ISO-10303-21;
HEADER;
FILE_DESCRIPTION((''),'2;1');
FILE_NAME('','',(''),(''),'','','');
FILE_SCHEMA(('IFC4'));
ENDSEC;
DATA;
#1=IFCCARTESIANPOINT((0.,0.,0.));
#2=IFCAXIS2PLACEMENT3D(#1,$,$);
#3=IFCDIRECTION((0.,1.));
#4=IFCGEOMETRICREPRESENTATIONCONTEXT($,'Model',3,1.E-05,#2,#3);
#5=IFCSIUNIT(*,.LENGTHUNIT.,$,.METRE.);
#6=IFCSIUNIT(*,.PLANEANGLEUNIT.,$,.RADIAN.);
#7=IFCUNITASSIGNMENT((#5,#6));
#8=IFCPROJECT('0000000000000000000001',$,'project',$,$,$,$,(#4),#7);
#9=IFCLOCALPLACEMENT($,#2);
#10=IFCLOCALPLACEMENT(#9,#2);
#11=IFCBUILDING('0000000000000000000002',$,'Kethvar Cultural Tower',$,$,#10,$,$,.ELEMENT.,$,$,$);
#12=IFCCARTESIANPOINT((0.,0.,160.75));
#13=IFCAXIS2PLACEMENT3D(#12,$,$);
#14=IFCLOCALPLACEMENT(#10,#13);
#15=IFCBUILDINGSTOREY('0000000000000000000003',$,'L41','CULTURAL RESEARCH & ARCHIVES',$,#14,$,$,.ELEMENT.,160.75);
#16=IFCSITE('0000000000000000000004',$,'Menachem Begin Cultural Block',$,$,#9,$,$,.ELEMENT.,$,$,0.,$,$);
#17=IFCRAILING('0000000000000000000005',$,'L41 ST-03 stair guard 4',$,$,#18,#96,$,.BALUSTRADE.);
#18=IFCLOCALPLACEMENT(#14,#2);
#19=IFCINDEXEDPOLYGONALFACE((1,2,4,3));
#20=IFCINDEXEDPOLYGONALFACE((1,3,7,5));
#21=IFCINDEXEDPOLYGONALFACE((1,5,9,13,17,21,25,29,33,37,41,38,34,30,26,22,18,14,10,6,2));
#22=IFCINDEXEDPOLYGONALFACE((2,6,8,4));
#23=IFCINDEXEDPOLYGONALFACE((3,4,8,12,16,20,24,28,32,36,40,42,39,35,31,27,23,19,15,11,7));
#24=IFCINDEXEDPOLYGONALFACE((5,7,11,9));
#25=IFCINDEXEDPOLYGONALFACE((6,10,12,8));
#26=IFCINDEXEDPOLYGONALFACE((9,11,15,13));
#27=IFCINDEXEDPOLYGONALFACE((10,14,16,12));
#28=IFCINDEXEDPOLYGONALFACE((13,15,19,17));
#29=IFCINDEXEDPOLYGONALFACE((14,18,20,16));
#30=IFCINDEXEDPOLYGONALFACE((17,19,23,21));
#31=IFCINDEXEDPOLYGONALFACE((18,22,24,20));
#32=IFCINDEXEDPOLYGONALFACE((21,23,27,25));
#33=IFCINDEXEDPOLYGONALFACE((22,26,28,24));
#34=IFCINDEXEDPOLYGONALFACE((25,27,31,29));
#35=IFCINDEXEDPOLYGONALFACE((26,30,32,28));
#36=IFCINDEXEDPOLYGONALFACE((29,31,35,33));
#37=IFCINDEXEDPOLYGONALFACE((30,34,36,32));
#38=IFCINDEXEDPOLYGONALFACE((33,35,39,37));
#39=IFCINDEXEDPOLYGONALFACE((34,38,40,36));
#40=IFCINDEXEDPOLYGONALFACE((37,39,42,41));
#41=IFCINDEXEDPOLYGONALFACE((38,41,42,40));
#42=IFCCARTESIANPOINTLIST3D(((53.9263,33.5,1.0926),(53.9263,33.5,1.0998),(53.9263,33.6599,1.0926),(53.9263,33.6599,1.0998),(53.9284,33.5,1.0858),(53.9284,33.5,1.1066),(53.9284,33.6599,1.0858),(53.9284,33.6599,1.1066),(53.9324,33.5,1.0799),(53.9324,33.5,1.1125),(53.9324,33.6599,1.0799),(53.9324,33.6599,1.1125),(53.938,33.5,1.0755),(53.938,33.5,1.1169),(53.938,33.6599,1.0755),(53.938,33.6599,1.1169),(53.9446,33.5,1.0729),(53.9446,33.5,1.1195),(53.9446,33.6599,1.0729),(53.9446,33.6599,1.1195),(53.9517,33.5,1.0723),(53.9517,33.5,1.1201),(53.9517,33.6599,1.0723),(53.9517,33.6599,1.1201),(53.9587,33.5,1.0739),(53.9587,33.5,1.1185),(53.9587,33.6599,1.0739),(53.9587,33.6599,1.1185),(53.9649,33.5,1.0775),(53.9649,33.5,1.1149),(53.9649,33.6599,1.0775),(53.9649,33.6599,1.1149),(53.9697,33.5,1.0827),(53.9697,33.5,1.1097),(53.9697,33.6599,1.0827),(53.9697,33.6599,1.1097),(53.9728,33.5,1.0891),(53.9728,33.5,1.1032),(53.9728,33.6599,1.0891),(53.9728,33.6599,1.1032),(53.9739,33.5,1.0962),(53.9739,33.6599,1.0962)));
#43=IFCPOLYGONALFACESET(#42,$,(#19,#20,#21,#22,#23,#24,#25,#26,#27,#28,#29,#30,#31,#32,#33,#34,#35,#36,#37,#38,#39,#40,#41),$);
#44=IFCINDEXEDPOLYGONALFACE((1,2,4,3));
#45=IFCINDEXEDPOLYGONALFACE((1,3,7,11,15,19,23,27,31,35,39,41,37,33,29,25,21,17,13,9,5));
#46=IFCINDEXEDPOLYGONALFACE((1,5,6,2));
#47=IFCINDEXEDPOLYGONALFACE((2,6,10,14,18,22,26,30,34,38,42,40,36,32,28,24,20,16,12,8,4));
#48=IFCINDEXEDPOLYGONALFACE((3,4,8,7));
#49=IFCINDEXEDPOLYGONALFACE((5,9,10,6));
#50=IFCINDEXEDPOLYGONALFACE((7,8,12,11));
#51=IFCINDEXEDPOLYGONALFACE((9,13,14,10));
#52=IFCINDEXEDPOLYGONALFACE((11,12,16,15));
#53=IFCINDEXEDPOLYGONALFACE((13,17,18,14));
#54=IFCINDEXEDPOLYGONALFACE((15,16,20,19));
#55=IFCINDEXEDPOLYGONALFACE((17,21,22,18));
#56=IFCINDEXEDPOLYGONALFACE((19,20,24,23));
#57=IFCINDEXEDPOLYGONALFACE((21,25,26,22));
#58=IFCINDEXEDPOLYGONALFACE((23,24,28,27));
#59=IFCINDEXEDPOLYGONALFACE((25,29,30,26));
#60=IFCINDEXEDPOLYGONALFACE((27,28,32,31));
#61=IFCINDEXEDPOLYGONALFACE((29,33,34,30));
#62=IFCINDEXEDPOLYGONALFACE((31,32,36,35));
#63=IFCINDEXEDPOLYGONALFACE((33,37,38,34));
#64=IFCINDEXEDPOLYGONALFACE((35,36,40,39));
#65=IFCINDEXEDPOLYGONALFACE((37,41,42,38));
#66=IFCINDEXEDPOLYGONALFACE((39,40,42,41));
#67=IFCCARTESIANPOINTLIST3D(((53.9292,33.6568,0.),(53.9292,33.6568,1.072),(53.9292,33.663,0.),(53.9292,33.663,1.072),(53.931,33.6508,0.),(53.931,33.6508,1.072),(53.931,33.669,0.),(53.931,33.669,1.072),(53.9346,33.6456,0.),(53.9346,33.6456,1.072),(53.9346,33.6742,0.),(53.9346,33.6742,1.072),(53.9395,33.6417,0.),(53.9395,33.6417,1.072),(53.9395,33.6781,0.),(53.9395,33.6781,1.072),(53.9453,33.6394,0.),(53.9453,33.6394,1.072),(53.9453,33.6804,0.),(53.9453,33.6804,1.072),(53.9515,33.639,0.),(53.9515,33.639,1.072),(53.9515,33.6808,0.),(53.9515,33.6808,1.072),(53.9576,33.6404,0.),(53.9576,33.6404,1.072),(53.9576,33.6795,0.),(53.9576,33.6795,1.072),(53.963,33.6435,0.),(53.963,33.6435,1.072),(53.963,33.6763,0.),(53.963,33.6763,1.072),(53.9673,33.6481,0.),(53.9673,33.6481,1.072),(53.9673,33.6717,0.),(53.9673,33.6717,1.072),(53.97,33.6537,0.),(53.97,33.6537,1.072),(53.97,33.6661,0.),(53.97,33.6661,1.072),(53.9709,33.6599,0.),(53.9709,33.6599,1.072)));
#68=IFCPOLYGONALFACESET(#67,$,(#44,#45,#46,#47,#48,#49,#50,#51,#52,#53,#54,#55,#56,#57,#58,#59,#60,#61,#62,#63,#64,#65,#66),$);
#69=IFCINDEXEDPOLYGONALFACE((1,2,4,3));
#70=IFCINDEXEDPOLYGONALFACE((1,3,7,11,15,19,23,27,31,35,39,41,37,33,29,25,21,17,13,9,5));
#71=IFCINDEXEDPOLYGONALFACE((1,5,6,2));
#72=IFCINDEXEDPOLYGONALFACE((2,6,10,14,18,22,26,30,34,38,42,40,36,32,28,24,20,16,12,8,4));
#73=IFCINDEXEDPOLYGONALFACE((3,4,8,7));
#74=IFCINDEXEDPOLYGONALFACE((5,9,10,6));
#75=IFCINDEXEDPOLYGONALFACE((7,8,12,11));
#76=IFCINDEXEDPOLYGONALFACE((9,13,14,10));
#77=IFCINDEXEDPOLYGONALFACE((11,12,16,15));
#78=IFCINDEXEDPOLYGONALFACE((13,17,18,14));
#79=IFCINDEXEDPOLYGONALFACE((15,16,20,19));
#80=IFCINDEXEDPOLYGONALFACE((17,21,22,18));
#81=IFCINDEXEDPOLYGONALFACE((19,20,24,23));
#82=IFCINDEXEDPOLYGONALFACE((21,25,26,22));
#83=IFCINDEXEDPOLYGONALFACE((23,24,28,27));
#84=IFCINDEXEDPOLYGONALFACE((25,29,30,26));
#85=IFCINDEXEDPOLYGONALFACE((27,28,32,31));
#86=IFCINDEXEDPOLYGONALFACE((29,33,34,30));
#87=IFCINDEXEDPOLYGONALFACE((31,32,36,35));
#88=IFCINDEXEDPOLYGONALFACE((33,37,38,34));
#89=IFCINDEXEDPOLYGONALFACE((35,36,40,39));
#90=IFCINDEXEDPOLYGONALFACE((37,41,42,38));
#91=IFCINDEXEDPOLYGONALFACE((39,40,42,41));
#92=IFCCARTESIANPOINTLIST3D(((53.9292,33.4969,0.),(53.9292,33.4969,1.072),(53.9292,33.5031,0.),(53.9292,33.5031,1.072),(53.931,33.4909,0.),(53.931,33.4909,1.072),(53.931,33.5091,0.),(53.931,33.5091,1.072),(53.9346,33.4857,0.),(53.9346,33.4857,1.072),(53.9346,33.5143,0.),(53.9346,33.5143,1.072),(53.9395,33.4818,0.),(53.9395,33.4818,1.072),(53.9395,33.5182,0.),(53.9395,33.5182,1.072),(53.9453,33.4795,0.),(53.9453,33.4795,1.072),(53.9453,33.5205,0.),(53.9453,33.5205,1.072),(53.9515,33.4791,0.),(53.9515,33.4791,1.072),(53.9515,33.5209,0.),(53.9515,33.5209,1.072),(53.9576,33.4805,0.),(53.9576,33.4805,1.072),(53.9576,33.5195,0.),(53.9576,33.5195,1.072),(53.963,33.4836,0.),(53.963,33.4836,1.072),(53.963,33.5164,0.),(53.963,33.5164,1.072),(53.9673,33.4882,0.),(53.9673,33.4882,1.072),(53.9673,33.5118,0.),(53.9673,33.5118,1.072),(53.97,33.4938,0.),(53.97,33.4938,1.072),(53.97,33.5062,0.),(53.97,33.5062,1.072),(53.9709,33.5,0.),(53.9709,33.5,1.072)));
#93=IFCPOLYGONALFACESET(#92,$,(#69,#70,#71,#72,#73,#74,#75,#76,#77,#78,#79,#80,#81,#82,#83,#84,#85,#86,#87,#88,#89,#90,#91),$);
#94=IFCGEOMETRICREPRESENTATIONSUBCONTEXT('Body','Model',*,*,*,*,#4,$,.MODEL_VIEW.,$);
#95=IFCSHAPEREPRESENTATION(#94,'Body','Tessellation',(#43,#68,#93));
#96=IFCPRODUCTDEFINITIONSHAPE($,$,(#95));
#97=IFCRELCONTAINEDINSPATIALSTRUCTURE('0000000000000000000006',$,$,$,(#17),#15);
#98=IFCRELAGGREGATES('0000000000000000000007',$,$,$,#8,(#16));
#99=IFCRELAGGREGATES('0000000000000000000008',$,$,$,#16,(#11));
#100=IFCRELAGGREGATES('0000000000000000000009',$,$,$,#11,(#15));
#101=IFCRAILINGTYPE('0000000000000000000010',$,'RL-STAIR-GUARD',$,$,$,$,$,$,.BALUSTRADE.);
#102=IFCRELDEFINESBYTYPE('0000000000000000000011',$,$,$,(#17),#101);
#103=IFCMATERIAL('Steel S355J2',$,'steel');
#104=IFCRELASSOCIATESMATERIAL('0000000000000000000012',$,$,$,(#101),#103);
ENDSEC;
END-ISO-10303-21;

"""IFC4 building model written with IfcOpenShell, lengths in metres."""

from ifc_helpers import new_model, si_unit, direction, frame, origin, origin_2d, place, context, subcontext, project, spatial, circle, extrude, material, type_object, element, save


model = new_model("IFC4")

# Units and contexts
model_context = context("Model", 3, precision=1e-05, world=origin(), true_north=direction((0.0, 1.0)))
body_context = subcontext(model_context, "Body", "Model", "MODEL_VIEW")
ifc_project = project(units=[si_unit("LENGTHUNIT", "METRE"), si_unit("PLANEANGLEUNIT", "RADIAN")], contexts=[model_context])

# Site, building, storey
site_placement = place(None, origin())
site = spatial("IfcSite", under=ifc_project, at=site_placement, Name="Menachem Begin Cultural Block", CompositionType="ELEMENT", RefElevation=0.0)
building_placement = place(site_placement, origin())
building = spatial("IfcBuilding", under=site, at=building_placement, Name="Kethvar Cultural Tower", CompositionType="ELEMENT")
storey_placement = place(building_placement, frame((0.0, 0.0, 160.75)))
storey = spatial("IfcBuildingStorey", under=building, at=storey_placement, Name="L41", Description="CULTURAL RESEARCH & ARCHIVES", CompositionType="ELEMENT", Elevation=160.75)

# Shared definitions
ifc_material_1 = material(Name="Steel S355J2", Category="steel")

# Railing
railing_type_1 = type_object("IfcRailingType", Name="RL-STAIR-GUARD", PredefinedType="BALUSTRADE", material=ifc_material_1)
railing_1_placement = place(storey_placement, frame((53.95, 33.6599, 0.0)))
element("IfcRailing", 1, at=railing_1_placement, inside=storey, type_object=railing_type_1, Name="L41 ST-03 stair guard 4", PredefinedType="BALUSTRADE", context=body_context, shape_type="SweptSolid", body=[
    extrude(circle(Radius=0.0239, at=origin_2d()), frame((0.0, 0.0, 1.0962), z_axis=(0.0, -1.0, 0.0), x_axis=(1.0, 0.0, 0.0)), (0.0, 0.0, 1.0), 0.1599),
    extrude(circle(Radius=0.021, at=origin_2d()), origin(), (0.0, 0.0, 1.0), 1.072),
    extrude(circle(Radius=0.021, at=origin_2d()), frame((0.0, -0.1599, 0.0)), (0.0, 0.0, 1.0), 1.072),
])

save(model, "model.ifc")
